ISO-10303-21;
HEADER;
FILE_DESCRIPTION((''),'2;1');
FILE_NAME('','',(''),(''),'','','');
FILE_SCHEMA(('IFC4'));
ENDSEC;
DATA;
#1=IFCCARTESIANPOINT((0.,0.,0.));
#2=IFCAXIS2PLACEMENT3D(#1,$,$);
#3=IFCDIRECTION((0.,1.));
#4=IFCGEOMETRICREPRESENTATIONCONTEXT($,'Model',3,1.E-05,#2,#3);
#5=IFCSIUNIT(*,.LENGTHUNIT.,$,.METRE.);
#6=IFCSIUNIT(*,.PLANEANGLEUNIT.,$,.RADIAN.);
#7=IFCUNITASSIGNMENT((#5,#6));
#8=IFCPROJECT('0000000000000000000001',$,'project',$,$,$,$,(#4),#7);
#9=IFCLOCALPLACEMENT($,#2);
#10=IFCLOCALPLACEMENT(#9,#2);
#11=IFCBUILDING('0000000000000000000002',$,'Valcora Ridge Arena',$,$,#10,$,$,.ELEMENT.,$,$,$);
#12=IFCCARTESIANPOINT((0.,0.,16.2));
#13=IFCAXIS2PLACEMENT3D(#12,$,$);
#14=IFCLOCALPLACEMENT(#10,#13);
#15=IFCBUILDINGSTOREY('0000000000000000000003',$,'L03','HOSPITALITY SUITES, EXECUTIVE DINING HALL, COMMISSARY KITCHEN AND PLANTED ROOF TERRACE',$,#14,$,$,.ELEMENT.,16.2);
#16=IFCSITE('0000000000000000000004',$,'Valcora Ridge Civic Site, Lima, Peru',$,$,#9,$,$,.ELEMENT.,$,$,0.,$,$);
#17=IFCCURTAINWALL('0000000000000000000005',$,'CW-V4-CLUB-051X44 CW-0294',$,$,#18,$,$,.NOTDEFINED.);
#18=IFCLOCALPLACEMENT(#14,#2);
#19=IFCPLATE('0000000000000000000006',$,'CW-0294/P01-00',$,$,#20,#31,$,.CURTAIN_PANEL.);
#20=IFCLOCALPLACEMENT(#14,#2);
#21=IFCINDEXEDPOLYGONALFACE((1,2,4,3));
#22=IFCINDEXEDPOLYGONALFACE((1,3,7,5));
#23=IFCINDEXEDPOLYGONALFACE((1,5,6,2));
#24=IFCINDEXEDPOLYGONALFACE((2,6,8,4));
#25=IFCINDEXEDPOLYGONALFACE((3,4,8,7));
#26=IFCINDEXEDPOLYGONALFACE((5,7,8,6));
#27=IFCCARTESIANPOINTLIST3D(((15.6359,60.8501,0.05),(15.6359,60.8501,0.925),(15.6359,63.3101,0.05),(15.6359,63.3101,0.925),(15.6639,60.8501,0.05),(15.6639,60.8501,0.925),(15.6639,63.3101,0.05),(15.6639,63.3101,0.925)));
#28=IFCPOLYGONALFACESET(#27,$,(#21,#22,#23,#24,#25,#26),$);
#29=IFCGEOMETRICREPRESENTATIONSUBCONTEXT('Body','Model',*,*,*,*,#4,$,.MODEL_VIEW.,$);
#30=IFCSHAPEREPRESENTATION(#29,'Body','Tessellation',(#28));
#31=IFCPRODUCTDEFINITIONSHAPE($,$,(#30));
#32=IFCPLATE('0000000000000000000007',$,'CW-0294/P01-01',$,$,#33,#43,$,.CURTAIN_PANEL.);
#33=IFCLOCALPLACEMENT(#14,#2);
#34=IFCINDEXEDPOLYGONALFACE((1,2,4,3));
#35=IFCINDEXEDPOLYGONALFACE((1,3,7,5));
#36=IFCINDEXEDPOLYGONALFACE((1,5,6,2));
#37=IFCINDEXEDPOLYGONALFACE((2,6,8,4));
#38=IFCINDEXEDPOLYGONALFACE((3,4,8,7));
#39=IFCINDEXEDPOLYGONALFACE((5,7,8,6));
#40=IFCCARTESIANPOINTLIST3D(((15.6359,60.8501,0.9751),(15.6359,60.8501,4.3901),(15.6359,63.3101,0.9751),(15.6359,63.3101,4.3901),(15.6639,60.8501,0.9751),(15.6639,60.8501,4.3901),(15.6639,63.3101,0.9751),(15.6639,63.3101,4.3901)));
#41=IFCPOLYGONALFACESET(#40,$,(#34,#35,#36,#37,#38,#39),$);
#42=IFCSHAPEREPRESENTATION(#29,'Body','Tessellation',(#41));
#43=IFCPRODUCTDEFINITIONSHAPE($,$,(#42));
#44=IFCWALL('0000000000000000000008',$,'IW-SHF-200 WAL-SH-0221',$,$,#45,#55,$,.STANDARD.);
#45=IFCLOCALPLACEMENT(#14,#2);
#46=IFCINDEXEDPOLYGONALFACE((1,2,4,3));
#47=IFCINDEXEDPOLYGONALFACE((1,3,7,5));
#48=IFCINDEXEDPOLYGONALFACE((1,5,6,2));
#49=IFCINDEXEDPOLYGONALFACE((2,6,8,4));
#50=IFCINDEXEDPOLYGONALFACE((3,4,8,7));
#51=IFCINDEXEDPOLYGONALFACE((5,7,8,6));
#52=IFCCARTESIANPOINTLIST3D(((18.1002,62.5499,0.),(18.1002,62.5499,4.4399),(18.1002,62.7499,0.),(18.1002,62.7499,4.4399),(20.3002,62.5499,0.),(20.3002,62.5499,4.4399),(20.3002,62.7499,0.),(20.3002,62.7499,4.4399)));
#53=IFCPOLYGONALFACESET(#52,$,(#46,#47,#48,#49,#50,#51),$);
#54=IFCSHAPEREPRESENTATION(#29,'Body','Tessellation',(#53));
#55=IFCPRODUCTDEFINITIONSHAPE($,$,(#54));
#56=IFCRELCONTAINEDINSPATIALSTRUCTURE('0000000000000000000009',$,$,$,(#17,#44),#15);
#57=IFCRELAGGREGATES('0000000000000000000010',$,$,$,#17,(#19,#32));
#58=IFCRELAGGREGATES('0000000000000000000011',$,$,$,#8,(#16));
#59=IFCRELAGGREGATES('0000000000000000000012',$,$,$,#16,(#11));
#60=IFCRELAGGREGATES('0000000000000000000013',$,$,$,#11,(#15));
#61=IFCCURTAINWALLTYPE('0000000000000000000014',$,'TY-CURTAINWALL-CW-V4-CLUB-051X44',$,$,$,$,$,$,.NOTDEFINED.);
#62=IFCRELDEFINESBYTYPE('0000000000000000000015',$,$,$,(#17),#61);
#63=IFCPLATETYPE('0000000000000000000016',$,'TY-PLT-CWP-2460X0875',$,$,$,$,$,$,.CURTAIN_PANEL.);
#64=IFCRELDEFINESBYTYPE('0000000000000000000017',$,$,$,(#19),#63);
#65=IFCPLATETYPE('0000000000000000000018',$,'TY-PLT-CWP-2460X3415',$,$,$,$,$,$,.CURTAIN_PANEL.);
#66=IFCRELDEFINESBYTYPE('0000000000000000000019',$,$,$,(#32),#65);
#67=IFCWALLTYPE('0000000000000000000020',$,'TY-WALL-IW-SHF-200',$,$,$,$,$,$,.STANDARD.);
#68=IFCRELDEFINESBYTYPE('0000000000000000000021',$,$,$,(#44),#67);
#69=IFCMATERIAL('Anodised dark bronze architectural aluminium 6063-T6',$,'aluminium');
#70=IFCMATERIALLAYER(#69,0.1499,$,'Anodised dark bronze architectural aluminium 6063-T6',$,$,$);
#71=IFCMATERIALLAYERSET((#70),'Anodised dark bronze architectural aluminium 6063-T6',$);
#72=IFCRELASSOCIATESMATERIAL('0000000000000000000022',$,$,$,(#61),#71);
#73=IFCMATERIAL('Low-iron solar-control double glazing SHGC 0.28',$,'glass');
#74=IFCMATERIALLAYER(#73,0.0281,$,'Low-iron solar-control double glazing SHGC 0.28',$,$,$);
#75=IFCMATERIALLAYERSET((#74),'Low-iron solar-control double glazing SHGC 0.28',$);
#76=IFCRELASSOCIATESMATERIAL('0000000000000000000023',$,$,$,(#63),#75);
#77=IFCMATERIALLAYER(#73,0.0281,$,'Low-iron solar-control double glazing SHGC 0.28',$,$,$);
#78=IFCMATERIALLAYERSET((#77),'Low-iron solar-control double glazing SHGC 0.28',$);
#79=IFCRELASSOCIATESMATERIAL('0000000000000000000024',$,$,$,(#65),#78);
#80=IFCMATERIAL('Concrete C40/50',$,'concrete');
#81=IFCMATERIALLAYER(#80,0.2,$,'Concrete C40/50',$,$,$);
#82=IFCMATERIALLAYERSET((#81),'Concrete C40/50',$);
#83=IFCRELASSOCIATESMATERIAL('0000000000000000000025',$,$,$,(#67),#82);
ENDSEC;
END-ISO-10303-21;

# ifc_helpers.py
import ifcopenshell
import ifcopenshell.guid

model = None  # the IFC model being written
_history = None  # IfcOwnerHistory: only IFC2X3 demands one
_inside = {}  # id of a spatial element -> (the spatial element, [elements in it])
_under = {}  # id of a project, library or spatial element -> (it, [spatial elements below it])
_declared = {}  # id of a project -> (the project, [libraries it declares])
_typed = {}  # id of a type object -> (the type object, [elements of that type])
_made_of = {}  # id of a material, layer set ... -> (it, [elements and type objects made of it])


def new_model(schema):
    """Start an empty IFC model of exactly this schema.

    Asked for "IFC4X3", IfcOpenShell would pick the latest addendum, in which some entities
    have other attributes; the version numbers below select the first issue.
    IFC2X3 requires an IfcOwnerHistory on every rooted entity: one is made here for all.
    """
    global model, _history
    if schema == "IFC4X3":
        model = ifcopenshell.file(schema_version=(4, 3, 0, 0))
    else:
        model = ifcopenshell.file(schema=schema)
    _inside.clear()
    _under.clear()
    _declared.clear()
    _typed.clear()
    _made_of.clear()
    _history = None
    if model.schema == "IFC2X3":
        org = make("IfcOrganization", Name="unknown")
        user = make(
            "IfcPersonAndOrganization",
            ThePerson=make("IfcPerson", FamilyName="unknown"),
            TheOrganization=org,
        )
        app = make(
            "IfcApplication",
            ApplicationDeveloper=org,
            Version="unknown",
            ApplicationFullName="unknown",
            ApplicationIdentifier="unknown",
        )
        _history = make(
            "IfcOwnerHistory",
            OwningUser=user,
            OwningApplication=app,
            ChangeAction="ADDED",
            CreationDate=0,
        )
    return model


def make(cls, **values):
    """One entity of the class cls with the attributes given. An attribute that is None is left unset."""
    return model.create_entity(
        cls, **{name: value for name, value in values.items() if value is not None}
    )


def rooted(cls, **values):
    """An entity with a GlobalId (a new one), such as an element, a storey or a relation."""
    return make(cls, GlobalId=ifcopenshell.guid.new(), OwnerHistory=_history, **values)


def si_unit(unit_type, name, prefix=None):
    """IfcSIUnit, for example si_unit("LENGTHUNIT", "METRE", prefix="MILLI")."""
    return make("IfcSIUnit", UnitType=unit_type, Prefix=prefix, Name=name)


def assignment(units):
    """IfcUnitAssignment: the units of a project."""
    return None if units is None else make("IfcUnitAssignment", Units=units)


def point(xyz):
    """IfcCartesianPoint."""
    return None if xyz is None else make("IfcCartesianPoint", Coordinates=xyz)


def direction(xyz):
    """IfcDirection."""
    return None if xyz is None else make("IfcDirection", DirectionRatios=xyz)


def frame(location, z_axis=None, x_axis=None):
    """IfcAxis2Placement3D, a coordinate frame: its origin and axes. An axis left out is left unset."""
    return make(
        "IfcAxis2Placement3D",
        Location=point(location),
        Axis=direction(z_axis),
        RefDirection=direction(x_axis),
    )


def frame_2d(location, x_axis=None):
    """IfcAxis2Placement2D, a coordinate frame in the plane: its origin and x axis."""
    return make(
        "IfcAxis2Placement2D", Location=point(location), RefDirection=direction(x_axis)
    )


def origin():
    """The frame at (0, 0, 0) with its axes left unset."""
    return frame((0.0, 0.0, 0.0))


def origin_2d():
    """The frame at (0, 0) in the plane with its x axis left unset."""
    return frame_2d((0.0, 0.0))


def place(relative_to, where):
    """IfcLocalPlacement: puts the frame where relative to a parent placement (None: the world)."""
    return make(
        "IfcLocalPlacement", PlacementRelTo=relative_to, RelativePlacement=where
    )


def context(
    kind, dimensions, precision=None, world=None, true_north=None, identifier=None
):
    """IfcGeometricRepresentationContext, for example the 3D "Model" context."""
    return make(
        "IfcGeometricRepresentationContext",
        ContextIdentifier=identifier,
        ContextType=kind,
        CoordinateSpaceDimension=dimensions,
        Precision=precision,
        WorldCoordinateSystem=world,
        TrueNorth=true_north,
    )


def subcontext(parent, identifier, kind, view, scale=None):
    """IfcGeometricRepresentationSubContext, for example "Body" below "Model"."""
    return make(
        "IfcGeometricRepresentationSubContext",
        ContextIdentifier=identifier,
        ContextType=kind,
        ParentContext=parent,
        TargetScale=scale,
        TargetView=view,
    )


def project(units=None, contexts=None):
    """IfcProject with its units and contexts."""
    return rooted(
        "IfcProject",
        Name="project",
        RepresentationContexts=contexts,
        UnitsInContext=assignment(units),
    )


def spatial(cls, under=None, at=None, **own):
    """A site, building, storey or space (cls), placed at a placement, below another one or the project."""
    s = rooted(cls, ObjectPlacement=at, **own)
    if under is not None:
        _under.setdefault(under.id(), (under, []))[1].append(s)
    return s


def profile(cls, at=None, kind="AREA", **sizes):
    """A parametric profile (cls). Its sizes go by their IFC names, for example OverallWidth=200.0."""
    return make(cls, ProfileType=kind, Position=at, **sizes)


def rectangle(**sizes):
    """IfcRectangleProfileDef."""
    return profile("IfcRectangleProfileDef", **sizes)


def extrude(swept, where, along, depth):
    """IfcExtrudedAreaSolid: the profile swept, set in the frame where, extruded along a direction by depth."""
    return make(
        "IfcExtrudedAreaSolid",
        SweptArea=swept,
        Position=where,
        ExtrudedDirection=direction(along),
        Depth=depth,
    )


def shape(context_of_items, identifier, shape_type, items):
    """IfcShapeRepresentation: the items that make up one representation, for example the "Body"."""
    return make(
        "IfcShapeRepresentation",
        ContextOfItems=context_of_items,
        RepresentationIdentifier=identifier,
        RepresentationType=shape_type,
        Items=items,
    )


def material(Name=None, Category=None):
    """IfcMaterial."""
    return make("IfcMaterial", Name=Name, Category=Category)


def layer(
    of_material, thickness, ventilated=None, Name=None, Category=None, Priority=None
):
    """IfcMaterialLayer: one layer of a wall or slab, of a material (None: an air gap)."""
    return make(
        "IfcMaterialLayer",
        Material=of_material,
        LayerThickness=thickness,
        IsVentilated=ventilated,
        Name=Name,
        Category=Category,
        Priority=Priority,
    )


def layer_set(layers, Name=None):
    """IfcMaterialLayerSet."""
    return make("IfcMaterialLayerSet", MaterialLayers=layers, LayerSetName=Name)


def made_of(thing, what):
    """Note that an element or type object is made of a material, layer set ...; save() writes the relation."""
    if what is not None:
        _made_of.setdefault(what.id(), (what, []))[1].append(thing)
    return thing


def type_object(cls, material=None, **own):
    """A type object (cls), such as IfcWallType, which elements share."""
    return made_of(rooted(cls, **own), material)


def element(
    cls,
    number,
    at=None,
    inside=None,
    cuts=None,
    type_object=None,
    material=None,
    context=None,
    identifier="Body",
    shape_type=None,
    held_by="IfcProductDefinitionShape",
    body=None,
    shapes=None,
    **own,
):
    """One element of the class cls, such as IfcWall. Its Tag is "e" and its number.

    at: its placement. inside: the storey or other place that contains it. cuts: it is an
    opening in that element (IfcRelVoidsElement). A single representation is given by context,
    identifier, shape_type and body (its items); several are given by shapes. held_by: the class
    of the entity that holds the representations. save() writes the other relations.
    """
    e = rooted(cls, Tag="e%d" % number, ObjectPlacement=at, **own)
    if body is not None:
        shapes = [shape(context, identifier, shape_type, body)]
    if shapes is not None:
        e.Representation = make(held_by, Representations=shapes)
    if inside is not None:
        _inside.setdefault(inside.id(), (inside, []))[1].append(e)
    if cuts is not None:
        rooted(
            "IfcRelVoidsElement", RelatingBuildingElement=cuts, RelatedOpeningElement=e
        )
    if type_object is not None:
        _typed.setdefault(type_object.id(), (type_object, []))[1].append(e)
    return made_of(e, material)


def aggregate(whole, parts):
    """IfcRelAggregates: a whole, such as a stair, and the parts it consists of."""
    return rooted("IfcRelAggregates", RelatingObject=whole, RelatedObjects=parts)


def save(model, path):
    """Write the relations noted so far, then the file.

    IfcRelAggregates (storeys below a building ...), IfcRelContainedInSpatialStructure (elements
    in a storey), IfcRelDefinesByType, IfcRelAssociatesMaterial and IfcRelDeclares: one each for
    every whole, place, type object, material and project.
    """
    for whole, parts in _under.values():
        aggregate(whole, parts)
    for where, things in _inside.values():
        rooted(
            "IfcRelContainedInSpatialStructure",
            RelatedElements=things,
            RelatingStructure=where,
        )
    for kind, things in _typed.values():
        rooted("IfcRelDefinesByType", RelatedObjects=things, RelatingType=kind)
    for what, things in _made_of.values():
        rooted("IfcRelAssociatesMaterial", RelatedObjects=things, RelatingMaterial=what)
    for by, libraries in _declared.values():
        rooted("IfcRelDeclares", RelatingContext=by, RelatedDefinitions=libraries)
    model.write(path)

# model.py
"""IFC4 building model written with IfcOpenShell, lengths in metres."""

from ifc_helpers import new_model, si_unit, direction, frame, frame_2d, origin, origin_2d, place, context, subcontext, project, spatial, rectangle, extrude, material, layer, layer_set, type_object, element, aggregate, save


model = new_model("IFC4")

# Units and contexts
model_context = context("Model", 3, precision=1e-05, world=origin(), true_north=direction((0.0, 1.0)))
body_context = subcontext(model_context, "Body", "Model", "MODEL_VIEW")
ifc_project = project(units=[si_unit("LENGTHUNIT", "METRE"), si_unit("PLANEANGLEUNIT", "RADIAN")], contexts=[model_context])

# Site, building, storey
site_placement = place(None, origin())
site = spatial("IfcSite", under=ifc_project, at=site_placement, Name="Valcora Ridge Civic Site, Lima, Peru", CompositionType="ELEMENT", RefElevation=0.0)
building_placement = place(site_placement, origin())
building = spatial("IfcBuilding", under=site, at=building_placement, Name="Valcora Ridge Arena", CompositionType="ELEMENT")
storey_placement = place(building_placement, frame((0.0, 0.0, 16.2)))
storey = spatial("IfcBuildingStorey", under=building, at=storey_placement, Name="L03", Description="HOSPITALITY SUITES, EXECUTIVE DINING HALL, COMMISSARY KITCHEN AND PLANTED ROOF TERRACE", CompositionType="ELEMENT", Elevation=16.2)

# Curtain wall
ifc_material_1 = material(Name="Anodised dark bronze architectural aluminium 6063-T6", Category="aluminium")
ifc_layer_1 = layer(ifc_material_1, 0.1499, Name="Anodised dark bronze architectural aluminium 6063-T6")
ifc_layer_set_1 = layer_set([ifc_layer_1], Name="Anodised dark bronze architectural aluminium 6063-T6")
curtain_wall_type_1 = type_object("IfcCurtainWallType", Name="TY-CURTAINWALL-CW-V4-CLUB-051X44", PredefinedType="NOTDEFINED", material=ifc_layer_set_1)
curtain_wall_1_placement = place(storey_placement, origin())
curtain_wall_1 = element("IfcCurtainWall", 1, at=curtain_wall_1_placement, inside=storey, type_object=curtain_wall_type_1, Name="CW-V4-CLUB-051X44 CW-0294", PredefinedType="NOTDEFINED")

# Shared definitions
ifc_material_2 = material(Name="Low-iron solar-control double glazing SHGC 0.28", Category="glass")

# Plates
ifc_layer_2 = layer(ifc_material_2, 0.0281, Name="Low-iron solar-control double glazing SHGC 0.28")
ifc_layer_set_2 = layer_set([ifc_layer_2], Name="Low-iron solar-control double glazing SHGC 0.28")
plate_type_1 = type_object("IfcPlateType", Name="TY-PLT-CWP-2460X0875", PredefinedType="CURTAIN_PANEL", material=ifc_layer_set_2)
plate_1_placement = place(storey_placement, frame((15.6499, 62.0801, 0.05), z_axis=(0.0, 0.0, 1.0), x_axis=(0.0, 1.0, 0.0)))
plate_1 = element("IfcPlate", 2, at=plate_1_placement, type_object=plate_type_1, Name="CW-0294/P01-00", PredefinedType="CURTAIN_PANEL", context=body_context, shape_type="SweptSolid", body=[
    extrude(rectangle(XDim=2.46, YDim=0.0281, at=origin_2d()), origin(), (0.0, 0.0, 1.0), 0.875),
])
ifc_layer_3 = layer(ifc_material_2, 0.0281, Name="Low-iron solar-control double glazing SHGC 0.28")
ifc_layer_set_3 = layer_set([ifc_layer_3], Name="Low-iron solar-control double glazing SHGC 0.28")
plate_type_2 = type_object("IfcPlateType", Name="TY-PLT-CWP-2460X3415", PredefinedType="CURTAIN_PANEL", material=ifc_layer_set_3)
plate_2_placement = place(storey_placement, frame((15.6499, 62.0801, 0.9751), z_axis=(0.0, 0.0, 1.0), x_axis=(0.0, 1.0, 0.0)))
plate_2 = element("IfcPlate", 3, at=plate_2_placement, type_object=plate_type_2, Name="CW-0294/P01-01", PredefinedType="CURTAIN_PANEL", context=body_context, shape_type="SweptSolid", body=[
    extrude(rectangle(XDim=2.46, YDim=0.0281, at=origin_2d()), origin(), (0.0, 0.0, 1.0), 3.415),
])
aggregate(curtain_wall_1, [plate_1, plate_2])

# Wall
ifc_material_3 = material(Name="Concrete C40/50", Category="concrete")
ifc_layer_4 = layer(ifc_material_3, 0.2, Name="Concrete C40/50")
ifc_layer_set_4 = layer_set([ifc_layer_4], Name="Concrete C40/50")
wall_type = type_object("IfcWallType", Name="TY-WALL-IW-SHF-200", PredefinedType="STANDARD", material=ifc_layer_set_4)
wall_placement = place(storey_placement, frame((18.1001, 62.6499, 0.0), z_axis=(0.0, 0.0, 1.0), x_axis=(1.0, 0.0, 0.0)))
element("IfcWall", 4, at=wall_placement, inside=storey, type_object=wall_type, Name="IW-SHF-200 WAL-SH-0221", PredefinedType="STANDARD", context=body_context, shape_type="SweptSolid", body=[
    extrude(rectangle(XDim=2.2, YDim=0.2, at=frame_2d((1.1001, 0.0))), origin(), (0.0, 0.0, 1.0), 4.4399),
])

save(model, "model.ifc")
